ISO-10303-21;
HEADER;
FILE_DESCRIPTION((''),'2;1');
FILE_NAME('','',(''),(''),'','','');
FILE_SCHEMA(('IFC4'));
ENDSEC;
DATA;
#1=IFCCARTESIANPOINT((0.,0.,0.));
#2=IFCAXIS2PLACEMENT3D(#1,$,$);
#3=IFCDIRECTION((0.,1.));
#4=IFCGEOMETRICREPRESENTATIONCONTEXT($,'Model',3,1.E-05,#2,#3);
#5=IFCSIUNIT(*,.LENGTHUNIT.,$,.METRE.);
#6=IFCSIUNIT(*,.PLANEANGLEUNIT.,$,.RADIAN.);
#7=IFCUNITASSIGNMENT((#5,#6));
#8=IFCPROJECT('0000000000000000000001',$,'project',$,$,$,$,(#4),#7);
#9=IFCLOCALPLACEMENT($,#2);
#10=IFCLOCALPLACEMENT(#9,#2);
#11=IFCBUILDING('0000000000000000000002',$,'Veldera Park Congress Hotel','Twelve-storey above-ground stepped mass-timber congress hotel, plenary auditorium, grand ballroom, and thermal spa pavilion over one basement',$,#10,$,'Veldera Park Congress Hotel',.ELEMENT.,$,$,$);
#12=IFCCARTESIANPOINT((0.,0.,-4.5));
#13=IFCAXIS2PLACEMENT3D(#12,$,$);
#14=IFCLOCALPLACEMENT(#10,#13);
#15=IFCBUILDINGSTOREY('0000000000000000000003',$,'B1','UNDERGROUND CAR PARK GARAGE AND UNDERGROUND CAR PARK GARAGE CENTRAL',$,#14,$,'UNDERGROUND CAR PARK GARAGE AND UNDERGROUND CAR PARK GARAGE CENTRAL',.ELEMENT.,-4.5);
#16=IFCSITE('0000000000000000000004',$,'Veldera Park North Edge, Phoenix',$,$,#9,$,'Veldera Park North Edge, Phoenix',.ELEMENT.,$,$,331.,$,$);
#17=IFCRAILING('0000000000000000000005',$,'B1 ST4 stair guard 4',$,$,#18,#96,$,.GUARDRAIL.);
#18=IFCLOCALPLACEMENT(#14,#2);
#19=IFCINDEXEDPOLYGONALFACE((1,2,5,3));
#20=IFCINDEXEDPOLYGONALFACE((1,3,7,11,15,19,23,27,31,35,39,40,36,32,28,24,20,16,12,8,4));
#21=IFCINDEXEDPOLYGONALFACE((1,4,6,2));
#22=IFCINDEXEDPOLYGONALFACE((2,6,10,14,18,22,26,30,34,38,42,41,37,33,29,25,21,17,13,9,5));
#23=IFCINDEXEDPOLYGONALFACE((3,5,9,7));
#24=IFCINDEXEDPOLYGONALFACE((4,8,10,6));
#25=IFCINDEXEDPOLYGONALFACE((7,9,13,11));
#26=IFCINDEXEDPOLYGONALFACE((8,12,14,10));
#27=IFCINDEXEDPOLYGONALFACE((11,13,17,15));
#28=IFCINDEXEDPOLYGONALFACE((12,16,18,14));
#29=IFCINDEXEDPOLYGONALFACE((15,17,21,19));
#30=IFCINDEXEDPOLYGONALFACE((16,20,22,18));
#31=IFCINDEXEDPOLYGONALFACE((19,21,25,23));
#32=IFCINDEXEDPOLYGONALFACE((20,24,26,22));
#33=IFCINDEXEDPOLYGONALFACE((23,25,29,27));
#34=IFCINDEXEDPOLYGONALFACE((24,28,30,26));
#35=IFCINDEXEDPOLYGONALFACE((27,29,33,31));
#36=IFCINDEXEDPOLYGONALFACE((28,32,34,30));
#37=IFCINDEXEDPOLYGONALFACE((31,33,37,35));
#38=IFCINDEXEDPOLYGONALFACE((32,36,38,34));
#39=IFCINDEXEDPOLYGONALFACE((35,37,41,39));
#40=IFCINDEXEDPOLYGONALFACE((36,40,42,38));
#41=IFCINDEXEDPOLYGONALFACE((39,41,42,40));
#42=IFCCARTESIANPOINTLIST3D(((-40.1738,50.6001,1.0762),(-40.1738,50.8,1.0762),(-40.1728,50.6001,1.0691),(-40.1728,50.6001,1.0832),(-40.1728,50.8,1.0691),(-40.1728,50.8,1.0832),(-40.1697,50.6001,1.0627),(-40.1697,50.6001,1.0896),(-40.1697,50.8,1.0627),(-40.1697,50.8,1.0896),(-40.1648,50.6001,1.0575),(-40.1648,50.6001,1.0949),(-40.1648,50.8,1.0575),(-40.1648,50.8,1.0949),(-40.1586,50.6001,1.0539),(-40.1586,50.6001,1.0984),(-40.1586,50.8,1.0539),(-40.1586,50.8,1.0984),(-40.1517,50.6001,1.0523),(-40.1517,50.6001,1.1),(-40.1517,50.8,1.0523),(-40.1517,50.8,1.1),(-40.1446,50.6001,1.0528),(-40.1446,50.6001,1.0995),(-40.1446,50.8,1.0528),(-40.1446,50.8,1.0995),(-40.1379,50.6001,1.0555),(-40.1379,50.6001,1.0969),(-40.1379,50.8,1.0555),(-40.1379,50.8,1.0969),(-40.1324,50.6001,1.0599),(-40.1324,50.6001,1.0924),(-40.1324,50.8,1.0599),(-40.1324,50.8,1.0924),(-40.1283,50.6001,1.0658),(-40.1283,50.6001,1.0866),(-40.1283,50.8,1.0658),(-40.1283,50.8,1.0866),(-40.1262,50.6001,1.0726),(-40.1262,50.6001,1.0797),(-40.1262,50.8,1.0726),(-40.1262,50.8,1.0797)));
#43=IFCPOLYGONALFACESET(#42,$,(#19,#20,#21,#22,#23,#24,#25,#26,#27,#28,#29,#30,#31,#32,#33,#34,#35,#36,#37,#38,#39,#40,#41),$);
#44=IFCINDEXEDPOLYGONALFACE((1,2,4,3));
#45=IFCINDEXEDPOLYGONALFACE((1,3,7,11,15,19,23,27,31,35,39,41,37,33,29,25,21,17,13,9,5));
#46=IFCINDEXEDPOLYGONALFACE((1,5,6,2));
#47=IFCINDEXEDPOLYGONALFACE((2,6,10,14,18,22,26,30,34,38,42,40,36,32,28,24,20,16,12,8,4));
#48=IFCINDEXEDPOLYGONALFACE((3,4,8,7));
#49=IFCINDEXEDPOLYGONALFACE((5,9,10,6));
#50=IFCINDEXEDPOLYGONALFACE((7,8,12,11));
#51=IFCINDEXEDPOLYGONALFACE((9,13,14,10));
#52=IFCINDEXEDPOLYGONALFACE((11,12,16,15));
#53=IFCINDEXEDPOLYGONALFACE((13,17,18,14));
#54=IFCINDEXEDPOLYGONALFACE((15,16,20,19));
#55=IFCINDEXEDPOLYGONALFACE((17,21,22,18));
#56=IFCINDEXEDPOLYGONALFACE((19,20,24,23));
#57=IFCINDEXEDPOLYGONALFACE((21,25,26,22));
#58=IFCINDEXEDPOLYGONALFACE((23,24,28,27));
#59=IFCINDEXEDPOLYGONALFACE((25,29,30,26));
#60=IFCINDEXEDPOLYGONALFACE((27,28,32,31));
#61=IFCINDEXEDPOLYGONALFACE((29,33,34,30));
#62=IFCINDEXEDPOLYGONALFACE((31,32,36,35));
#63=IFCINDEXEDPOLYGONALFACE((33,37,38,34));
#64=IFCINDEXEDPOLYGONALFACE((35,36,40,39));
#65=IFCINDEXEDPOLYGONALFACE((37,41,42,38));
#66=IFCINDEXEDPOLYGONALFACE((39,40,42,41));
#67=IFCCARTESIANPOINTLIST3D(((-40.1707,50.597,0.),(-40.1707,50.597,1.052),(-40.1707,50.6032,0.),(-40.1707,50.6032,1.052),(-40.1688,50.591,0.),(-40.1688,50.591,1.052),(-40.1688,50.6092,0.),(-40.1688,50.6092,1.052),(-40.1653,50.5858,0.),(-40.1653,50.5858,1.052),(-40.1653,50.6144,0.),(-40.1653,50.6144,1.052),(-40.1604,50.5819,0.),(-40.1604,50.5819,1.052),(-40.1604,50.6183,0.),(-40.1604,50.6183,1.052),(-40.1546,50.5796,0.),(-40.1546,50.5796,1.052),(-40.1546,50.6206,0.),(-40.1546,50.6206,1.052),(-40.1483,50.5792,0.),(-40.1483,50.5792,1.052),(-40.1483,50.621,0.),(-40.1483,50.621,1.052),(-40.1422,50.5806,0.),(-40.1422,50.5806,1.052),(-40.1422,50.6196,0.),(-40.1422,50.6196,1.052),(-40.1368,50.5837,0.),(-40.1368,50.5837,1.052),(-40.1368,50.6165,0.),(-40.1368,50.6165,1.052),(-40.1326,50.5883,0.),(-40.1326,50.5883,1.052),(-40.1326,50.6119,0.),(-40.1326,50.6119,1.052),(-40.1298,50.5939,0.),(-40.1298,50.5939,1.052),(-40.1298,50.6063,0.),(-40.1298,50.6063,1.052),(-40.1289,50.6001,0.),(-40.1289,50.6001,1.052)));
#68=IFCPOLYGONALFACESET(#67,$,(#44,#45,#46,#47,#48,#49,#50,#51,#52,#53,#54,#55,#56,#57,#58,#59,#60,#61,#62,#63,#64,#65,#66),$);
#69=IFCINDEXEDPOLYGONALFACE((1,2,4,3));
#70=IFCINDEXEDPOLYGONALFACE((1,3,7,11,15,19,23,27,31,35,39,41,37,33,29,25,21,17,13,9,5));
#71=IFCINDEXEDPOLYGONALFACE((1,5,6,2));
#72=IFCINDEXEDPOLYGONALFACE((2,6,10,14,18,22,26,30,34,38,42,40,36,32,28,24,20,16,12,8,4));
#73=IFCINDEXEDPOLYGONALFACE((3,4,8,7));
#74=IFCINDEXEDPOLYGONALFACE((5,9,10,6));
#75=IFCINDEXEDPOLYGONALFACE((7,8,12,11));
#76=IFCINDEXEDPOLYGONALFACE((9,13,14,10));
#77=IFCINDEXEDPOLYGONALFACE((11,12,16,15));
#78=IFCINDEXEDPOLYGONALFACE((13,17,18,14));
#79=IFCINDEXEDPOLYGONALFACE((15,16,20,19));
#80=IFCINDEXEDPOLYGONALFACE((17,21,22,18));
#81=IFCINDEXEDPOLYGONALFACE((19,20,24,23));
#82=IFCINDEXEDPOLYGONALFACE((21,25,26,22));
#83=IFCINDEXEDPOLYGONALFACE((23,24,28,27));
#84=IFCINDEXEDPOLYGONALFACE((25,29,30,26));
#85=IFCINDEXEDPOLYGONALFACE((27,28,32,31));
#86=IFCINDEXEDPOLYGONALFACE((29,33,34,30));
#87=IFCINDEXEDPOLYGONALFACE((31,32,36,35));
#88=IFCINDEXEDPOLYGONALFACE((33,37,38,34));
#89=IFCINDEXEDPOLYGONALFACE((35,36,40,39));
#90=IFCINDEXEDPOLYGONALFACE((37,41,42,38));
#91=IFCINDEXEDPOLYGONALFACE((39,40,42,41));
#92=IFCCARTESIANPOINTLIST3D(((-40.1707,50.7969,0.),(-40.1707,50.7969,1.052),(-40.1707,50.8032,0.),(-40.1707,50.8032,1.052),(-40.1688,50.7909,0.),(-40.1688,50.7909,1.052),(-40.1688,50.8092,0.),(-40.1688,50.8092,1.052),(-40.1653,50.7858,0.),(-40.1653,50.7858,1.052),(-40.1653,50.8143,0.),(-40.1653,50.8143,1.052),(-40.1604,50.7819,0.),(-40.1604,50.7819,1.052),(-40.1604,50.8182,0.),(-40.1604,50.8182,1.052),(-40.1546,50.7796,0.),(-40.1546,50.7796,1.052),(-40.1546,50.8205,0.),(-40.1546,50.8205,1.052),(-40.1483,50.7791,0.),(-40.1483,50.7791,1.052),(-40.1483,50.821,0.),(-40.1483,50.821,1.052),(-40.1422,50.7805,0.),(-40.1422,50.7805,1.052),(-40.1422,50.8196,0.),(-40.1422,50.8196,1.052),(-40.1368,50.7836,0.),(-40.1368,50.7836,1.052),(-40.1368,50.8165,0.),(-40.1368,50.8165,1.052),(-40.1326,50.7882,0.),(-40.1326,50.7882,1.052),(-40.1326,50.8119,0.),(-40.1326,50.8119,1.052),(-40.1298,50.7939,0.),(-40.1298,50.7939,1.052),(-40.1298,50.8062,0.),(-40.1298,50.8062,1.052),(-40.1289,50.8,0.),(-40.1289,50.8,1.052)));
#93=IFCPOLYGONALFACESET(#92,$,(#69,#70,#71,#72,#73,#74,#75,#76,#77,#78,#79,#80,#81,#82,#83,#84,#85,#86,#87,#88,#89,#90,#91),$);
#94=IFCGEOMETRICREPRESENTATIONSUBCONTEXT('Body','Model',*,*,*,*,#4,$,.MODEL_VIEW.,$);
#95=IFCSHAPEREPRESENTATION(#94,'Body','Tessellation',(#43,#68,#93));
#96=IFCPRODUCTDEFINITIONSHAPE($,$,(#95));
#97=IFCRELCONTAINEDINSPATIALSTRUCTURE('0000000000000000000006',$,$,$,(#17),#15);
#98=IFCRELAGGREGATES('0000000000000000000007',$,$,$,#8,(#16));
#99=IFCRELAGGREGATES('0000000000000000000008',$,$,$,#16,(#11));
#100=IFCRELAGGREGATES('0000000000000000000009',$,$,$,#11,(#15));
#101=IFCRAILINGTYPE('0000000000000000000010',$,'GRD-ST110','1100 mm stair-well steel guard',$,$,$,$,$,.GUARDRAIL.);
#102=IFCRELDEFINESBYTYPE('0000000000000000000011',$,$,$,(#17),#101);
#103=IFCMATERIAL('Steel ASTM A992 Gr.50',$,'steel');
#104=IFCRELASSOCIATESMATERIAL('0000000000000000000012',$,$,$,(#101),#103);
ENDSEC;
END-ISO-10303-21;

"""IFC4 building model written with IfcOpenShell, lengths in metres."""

from ifc_helpers import new_model, si_unit, direction, frame, origin, origin_2d, place, context, subcontext, project, spatial, circle, extrude, material, type_object, element, save


model = new_model("IFC4")

# Units and contexts
model_context = context("Model", 3, precision=1e-05, world=origin(), true_north=direction((0.0, 1.0)))
body_context = subcontext(model_context, "Body", "Model", "MODEL_VIEW")
ifc_project = project(units=[si_unit("LENGTHUNIT", "METRE"), si_unit("PLANEANGLEUNIT", "RADIAN")], contexts=[model_context])

# Site, building, storey
site_placement = place(None, origin())
site = spatial("IfcSite", under=ifc_project, at=site_placement, Name="Veldera Park North Edge, Phoenix", LongName="Veldera Park North Edge, Phoenix", CompositionType="ELEMENT", RefElevation=331.0)
building_placement = place(site_placement, origin())
building = spatial("IfcBuilding", under=site, at=building_placement, Name="Veldera Park Congress Hotel", Description="Twelve-storey above-ground stepped mass-timber congress hotel, plenary auditorium, grand ballroom, and thermal spa pavilion over one basement", LongName="Veldera Park Congress Hotel", CompositionType="ELEMENT")
storey_placement = place(building_placement, frame((0.0, 0.0, -4.5)))
storey = spatial("IfcBuildingStorey", under=building, at=storey_placement, Name="B1", Description="UNDERGROUND CAR PARK GARAGE AND UNDERGROUND CAR PARK GARAGE CENTRAL", LongName="UNDERGROUND CAR PARK GARAGE AND UNDERGROUND CAR PARK GARAGE CENTRAL", CompositionType="ELEMENT", Elevation=-4.5)

# Railing
ifc_material_1 = material(Name="Steel ASTM A992 Gr.50", Category="steel")
railing_type_1 = type_object("IfcRailingType", Name="GRD-ST110", Description="1100 mm stair-well steel guard", PredefinedType="GUARDRAIL", material=ifc_material_1)
railing_1_placement = place(storey_placement, frame((-40.1499, 50.6001, 0.0)))
element("IfcRailing", 1, at=railing_1_placement, inside=storey, type_object=railing_type_1, Name="B1 ST4 stair guard 4", PredefinedType="GUARDRAIL", context=body_context, shape_type="SweptSolid", body=[
    extrude(circle(Radius=0.0239, at=origin_2d()), frame((0.0, 0.0, 1.0762), z_axis=(0.0, 1.0, 0.0), x_axis=(-1.0, 0.0, 0.0)), (0.0, 0.0, 1.0), 0.2),
    extrude(circle(Radius=0.021, at=origin_2d()), origin(), (0.0, 0.0, 1.0), 1.052),
    extrude(circle(Radius=0.021, at=origin_2d()), frame((0.0, 0.2, 0.0)), (0.0, 0.0, 1.0), 1.052),
])

save(model, "model.ifc")
